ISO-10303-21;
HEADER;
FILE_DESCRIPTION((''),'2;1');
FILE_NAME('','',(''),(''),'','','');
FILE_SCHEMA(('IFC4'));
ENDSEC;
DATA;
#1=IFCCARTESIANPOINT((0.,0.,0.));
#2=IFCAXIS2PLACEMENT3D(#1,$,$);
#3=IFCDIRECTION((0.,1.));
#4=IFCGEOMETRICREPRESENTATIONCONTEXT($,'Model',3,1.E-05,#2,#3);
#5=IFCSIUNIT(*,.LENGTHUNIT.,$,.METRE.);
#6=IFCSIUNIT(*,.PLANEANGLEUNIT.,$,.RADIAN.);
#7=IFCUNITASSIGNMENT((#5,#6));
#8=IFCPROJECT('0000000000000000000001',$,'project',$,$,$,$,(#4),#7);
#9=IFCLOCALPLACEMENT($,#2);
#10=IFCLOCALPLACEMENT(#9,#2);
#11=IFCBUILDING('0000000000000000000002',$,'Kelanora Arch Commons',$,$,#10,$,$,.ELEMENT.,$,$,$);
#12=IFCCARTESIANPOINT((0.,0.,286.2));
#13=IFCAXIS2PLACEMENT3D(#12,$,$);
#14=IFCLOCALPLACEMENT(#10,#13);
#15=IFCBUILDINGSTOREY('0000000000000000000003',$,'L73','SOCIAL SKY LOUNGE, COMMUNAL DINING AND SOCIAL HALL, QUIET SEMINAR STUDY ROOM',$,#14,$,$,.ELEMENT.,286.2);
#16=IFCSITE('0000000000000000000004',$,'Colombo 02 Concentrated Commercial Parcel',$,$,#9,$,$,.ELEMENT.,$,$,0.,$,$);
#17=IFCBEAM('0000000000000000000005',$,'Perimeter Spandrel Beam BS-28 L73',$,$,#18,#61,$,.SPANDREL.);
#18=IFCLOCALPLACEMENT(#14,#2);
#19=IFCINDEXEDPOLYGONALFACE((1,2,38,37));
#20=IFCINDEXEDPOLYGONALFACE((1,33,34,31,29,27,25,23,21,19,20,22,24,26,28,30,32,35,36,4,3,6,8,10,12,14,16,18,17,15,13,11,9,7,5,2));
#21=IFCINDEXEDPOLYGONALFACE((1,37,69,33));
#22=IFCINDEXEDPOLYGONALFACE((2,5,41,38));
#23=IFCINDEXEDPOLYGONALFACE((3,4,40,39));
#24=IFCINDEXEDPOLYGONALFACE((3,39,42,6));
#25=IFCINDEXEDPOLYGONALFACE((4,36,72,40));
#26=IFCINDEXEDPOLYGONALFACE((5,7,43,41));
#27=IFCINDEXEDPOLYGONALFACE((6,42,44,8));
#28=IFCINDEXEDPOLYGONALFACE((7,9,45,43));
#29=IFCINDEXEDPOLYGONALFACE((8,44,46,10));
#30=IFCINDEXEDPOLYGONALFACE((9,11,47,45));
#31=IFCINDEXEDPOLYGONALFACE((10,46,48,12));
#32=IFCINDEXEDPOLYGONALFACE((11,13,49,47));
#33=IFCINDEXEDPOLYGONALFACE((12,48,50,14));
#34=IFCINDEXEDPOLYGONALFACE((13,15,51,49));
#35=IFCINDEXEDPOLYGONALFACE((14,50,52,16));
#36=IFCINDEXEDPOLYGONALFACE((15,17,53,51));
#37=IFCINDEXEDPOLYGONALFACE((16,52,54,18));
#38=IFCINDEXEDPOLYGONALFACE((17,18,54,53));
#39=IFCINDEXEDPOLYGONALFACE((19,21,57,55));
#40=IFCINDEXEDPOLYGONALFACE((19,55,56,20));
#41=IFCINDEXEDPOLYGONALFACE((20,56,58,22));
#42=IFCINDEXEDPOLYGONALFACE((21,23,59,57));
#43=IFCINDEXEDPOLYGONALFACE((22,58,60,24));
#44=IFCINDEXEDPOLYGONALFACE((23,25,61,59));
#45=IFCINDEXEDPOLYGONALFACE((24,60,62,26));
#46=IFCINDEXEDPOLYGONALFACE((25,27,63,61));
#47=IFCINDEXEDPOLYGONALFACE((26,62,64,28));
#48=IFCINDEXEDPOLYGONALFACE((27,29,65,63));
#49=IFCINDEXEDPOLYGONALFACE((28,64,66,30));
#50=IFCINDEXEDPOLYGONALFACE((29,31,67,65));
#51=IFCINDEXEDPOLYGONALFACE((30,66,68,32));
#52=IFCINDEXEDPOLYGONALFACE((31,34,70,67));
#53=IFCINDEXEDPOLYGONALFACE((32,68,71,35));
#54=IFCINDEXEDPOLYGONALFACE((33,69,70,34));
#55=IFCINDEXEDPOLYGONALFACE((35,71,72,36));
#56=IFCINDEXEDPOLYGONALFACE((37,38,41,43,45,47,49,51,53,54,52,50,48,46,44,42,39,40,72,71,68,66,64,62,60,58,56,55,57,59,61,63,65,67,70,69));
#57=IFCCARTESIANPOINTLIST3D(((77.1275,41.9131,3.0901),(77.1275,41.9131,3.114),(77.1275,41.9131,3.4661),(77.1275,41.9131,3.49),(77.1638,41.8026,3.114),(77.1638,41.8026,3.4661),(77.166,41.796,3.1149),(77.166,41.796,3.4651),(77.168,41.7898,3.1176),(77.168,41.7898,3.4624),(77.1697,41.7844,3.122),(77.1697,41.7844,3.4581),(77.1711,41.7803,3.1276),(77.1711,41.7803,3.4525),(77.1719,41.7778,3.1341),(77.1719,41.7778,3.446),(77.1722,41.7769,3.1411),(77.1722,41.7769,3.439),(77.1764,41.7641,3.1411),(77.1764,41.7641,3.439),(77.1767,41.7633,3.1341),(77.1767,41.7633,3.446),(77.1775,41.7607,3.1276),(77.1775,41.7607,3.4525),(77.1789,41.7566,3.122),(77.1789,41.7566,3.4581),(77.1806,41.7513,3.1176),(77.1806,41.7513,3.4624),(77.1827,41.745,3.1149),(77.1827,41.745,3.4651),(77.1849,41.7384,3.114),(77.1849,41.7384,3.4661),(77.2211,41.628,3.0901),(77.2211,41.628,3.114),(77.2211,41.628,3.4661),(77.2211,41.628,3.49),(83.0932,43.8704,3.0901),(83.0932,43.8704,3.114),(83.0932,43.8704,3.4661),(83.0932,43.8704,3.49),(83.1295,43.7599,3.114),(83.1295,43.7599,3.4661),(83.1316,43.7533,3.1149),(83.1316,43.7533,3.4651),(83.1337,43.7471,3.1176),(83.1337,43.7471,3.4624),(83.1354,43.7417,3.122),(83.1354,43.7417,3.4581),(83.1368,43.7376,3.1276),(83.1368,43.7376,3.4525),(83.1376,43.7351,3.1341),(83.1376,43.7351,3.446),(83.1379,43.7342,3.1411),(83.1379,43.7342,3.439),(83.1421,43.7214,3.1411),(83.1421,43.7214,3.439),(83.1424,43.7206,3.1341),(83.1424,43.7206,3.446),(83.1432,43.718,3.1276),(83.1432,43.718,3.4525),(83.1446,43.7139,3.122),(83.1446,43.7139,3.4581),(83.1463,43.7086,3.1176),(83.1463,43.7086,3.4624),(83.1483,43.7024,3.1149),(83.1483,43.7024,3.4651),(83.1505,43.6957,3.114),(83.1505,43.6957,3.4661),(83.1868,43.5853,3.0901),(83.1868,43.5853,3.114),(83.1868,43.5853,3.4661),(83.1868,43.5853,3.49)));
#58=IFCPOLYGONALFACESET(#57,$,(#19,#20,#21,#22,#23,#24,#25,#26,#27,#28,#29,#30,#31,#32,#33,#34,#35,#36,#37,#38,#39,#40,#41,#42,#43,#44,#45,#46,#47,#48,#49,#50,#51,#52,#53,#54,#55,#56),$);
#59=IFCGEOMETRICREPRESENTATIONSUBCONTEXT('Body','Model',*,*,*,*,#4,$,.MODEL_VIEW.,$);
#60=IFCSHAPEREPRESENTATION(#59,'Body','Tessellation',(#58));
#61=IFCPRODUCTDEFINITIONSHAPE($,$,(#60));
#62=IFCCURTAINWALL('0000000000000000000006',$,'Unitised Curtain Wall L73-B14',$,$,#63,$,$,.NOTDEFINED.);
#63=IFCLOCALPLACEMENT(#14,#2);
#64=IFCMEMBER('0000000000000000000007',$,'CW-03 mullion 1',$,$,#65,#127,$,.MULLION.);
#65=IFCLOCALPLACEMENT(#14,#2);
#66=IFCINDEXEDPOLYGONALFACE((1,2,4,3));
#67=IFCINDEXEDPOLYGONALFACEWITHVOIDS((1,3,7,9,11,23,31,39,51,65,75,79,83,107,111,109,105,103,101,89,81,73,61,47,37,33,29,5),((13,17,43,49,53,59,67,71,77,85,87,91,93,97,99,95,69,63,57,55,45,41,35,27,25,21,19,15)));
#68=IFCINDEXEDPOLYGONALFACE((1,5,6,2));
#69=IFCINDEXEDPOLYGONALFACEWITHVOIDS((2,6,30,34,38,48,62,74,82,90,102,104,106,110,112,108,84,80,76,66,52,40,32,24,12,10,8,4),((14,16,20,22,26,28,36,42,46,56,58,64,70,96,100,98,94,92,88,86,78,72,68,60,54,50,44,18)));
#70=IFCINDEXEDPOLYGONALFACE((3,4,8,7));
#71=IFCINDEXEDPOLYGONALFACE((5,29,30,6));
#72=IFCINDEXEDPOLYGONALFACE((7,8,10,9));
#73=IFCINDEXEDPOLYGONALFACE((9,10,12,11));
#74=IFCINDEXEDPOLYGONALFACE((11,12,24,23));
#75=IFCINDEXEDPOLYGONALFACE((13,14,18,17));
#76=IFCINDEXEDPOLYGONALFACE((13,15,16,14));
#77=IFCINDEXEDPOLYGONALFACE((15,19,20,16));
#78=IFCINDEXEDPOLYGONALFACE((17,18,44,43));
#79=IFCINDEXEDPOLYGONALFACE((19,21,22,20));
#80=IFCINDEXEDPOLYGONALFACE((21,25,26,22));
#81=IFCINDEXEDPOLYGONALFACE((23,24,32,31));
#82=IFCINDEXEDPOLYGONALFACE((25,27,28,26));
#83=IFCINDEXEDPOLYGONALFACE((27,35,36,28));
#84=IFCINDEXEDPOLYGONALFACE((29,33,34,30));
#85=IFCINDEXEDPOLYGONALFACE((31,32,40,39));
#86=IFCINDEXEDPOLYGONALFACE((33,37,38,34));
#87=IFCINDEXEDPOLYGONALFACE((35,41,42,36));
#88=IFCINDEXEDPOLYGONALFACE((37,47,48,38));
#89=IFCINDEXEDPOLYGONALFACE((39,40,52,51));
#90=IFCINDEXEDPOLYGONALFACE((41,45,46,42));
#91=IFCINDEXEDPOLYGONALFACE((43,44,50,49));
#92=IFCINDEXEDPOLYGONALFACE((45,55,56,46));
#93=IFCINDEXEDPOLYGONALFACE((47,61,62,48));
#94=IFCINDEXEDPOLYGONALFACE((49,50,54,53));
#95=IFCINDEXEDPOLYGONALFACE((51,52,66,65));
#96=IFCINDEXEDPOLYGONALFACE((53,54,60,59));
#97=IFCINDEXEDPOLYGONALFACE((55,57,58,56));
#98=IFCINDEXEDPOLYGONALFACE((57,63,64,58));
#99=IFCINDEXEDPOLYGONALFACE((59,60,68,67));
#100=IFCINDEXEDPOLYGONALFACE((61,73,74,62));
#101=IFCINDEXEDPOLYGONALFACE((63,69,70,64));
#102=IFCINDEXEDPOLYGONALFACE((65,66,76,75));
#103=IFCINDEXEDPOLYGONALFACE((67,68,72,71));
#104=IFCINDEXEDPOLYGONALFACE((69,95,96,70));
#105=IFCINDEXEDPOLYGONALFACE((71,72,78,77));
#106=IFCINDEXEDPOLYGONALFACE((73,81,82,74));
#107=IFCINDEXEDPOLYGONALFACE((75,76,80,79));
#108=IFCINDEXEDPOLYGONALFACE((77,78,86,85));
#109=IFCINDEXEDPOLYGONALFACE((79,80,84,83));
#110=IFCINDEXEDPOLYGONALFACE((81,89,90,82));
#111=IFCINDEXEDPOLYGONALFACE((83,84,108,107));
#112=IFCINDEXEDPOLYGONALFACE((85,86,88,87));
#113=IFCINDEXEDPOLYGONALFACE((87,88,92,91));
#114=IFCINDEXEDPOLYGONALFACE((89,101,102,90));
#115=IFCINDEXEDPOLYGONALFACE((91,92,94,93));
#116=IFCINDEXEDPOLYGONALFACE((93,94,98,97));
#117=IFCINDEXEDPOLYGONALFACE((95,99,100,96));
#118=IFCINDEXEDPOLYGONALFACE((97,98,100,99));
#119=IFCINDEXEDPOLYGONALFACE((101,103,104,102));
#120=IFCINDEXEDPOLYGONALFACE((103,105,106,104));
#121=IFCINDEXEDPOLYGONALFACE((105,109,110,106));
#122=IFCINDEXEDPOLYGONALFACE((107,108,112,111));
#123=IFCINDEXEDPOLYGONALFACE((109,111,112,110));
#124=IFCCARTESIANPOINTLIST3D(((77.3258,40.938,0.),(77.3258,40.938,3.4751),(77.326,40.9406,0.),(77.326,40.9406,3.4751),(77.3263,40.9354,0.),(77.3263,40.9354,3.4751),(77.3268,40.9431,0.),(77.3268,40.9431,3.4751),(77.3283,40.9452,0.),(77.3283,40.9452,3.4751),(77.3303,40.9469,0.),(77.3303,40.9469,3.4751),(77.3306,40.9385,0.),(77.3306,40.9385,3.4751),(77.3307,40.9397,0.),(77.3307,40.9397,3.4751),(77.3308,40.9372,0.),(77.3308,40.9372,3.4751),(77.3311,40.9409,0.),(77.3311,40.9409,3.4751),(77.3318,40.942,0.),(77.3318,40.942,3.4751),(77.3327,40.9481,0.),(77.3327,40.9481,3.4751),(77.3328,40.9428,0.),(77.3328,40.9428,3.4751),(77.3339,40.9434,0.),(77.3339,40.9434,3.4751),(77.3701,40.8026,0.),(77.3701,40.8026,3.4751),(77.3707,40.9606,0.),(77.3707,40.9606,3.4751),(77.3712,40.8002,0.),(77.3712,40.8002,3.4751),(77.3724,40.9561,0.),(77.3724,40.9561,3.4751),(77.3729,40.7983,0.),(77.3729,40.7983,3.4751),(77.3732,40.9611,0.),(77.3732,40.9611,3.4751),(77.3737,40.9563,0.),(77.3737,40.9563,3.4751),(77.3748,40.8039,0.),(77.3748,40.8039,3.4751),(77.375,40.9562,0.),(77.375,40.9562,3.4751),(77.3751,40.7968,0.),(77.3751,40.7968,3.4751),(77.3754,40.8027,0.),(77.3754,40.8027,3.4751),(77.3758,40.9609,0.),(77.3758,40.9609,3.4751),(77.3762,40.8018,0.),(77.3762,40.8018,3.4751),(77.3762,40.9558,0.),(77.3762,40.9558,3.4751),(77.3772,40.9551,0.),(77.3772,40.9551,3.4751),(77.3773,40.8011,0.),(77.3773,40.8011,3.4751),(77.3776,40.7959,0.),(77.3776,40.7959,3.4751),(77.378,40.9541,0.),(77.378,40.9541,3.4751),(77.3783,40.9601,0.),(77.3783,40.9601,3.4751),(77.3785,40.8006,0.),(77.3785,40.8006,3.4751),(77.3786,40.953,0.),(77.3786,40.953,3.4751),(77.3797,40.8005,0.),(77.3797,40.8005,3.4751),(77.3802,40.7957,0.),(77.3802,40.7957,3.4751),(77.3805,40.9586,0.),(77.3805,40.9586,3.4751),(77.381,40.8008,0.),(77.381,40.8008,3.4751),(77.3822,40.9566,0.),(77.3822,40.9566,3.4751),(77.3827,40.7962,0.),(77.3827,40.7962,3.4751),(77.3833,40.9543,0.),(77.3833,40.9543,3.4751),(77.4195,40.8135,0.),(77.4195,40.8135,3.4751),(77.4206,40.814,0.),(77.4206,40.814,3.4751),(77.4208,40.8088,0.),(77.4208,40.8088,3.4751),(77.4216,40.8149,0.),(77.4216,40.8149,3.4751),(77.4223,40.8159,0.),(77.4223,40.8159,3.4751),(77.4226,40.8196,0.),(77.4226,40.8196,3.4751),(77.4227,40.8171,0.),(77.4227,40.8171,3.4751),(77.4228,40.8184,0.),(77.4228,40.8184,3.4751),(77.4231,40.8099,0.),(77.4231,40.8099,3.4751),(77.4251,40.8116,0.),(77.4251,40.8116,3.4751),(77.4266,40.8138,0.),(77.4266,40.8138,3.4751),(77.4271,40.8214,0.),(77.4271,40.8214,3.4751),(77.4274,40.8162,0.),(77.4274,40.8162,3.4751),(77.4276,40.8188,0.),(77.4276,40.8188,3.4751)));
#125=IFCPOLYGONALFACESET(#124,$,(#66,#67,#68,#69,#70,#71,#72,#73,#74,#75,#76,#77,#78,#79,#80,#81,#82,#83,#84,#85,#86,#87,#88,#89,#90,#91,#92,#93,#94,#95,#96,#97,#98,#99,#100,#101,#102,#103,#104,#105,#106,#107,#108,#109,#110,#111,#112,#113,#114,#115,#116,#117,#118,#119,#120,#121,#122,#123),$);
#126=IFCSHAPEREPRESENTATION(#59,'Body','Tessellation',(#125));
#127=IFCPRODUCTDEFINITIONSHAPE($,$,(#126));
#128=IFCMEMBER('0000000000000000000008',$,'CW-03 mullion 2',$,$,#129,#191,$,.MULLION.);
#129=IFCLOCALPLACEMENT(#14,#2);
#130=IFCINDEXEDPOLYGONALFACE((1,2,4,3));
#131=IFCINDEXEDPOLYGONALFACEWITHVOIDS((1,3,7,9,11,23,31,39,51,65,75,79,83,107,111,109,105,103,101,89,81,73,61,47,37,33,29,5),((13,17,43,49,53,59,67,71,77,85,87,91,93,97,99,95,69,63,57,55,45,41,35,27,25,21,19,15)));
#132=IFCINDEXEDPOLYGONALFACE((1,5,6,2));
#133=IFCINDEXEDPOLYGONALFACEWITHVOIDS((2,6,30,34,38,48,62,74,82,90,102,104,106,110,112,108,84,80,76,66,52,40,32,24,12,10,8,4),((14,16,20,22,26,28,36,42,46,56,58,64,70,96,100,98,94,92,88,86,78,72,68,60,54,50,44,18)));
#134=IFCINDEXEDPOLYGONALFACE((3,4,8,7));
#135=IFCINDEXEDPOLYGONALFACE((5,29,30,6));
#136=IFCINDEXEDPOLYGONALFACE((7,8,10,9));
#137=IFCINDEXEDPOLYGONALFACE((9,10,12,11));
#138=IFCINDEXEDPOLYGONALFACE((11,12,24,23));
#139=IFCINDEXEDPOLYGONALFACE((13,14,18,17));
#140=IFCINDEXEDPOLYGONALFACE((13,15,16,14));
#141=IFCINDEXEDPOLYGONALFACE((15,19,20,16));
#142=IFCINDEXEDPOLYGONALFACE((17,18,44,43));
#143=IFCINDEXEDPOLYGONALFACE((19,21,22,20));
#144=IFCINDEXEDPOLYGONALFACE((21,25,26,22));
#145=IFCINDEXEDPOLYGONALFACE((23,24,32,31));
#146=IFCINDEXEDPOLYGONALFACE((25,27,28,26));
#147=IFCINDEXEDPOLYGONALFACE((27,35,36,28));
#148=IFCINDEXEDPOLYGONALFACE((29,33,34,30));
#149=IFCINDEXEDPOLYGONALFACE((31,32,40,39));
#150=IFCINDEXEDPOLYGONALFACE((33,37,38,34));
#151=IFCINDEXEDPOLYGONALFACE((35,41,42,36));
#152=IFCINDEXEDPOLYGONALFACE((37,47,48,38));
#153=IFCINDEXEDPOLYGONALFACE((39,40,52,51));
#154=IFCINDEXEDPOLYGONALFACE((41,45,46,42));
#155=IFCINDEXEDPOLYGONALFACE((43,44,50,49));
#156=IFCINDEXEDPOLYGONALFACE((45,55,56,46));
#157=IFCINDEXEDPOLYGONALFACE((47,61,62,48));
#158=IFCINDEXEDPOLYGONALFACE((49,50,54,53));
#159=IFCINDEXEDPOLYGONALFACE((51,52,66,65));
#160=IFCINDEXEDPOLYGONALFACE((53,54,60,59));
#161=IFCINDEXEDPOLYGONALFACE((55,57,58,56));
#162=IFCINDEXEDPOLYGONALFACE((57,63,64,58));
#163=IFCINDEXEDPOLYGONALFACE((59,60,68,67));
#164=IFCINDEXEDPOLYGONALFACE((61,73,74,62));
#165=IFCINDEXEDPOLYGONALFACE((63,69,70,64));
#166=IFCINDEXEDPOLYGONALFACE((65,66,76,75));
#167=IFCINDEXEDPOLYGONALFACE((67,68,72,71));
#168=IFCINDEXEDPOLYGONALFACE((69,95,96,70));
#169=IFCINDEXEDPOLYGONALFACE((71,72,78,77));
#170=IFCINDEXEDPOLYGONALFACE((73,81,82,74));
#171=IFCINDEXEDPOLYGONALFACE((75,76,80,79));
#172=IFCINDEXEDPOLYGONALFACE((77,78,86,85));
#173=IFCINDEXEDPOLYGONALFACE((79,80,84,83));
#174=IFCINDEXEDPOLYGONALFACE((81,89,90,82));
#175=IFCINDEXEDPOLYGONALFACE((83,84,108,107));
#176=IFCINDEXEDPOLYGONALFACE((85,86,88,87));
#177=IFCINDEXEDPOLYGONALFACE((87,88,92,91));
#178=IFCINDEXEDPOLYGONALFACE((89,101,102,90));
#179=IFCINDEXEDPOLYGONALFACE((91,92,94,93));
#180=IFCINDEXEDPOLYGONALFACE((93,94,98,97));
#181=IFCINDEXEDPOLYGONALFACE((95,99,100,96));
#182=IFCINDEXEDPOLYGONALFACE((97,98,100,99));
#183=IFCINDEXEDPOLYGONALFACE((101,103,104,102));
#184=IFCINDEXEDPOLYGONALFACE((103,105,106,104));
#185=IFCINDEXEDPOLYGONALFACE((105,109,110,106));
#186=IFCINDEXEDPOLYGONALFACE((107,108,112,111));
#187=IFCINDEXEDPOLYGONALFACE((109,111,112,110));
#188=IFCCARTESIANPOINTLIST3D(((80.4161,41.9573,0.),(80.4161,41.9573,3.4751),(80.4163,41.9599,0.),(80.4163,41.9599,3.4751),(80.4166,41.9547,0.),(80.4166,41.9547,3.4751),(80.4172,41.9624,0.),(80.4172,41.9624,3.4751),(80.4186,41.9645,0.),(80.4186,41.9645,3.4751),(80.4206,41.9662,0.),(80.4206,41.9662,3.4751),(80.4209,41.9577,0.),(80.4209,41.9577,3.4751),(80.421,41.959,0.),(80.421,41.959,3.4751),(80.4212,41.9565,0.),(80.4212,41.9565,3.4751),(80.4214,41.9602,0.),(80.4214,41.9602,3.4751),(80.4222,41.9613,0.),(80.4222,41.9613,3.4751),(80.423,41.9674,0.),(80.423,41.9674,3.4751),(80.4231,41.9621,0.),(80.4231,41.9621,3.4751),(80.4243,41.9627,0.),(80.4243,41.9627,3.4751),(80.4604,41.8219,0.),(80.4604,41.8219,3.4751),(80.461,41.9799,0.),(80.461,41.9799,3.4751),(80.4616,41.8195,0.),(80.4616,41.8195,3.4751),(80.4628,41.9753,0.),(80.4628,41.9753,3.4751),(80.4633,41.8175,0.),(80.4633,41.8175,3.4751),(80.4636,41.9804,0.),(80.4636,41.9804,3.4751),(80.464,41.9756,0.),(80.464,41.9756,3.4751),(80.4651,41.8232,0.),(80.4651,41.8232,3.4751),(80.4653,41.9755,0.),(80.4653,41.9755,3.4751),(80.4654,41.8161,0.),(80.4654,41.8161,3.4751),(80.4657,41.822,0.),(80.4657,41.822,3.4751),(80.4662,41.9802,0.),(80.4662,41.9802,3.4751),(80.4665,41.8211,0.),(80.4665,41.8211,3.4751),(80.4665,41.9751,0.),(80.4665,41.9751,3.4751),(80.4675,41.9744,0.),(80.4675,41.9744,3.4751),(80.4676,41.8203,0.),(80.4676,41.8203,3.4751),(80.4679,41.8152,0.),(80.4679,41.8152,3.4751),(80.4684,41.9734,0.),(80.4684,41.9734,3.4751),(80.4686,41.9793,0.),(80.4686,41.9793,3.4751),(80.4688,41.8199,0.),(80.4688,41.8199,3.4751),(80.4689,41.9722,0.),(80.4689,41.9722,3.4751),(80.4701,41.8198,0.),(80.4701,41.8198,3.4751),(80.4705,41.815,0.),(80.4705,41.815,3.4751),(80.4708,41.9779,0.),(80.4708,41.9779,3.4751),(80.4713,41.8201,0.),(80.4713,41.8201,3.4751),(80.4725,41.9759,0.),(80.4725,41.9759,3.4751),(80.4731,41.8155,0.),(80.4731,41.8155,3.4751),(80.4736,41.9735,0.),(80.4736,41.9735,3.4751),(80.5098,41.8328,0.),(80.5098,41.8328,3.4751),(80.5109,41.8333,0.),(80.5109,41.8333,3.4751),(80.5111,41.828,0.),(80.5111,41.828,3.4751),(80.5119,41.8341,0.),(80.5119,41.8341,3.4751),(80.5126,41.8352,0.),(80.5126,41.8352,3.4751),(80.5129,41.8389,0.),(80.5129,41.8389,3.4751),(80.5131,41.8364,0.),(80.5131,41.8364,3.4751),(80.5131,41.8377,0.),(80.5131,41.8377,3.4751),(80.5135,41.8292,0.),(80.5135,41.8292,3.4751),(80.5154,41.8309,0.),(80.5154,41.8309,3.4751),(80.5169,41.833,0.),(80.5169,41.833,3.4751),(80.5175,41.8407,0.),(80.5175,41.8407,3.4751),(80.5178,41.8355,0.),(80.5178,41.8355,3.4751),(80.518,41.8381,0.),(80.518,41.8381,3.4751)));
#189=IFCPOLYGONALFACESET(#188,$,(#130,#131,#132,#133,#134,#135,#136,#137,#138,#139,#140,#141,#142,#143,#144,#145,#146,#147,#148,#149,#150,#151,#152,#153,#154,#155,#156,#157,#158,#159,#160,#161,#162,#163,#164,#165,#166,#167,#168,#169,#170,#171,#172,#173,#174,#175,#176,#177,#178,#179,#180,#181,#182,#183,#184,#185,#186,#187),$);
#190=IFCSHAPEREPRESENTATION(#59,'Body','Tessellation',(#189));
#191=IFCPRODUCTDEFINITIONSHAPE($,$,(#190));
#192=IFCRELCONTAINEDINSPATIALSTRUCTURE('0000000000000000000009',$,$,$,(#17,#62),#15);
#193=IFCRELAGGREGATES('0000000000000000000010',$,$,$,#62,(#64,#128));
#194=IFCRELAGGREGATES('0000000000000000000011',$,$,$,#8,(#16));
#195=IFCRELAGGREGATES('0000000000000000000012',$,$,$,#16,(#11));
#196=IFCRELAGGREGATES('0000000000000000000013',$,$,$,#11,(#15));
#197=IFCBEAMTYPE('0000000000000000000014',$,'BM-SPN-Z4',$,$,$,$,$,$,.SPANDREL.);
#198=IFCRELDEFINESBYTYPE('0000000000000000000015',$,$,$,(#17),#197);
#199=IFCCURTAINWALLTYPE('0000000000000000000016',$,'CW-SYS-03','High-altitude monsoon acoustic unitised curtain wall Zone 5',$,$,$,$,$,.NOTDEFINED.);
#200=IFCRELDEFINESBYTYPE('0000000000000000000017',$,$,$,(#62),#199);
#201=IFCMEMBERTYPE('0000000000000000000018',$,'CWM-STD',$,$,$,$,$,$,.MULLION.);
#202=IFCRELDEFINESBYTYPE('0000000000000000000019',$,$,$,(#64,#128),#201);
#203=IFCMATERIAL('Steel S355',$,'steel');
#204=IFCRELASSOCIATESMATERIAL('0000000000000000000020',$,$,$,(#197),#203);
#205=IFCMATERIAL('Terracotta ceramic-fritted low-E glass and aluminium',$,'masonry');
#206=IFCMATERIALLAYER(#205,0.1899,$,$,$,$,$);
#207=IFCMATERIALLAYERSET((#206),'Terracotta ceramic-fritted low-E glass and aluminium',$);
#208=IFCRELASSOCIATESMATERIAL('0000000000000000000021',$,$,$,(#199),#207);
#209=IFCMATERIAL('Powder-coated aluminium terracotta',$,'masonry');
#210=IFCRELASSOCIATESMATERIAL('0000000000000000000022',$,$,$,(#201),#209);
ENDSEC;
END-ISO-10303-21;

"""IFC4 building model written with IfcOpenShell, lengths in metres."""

from ifc_helpers import new_model, si_unit, direction, frame, origin, origin_2d, place, context, subcontext, project, spatial, hollow_rectangle, i_section, extrude, material, layer, layer_set, material_profile, profile_set, type_object, element, aggregate, save


model = new_model("IFC4")

# Units and contexts
model_context = context("Model", 3, precision=1e-05, world=origin(), true_north=direction((0.0, 1.0)))
body_context = subcontext(model_context, "Body", "Model", "MODEL_VIEW")
ifc_project = project(units=[si_unit("LENGTHUNIT", "METRE"), si_unit("PLANEANGLEUNIT", "RADIAN")], contexts=[model_context])

# Site, building, storey
site_placement = place(None, origin())
site = spatial("IfcSite", under=ifc_project, at=site_placement, Name="Colombo 02 Concentrated Commercial Parcel", CompositionType="ELEMENT", RefElevation=0.0)
building_placement = place(site_placement, origin())
building = spatial("IfcBuilding", under=site, at=building_placement, Name="Kelanora Arch Commons", CompositionType="ELEMENT")
storey_placement = place(building_placement, frame((0.0, 0.0, 286.2)))
storey = spatial("IfcBuildingStorey", under=building, at=storey_placement, Name="L73", Description="SOCIAL SKY LOUNGE, COMMUNAL DINING AND SOCIAL HALL, QUIET SEMINAR STUDY ROOM", CompositionType="ELEMENT", Elevation=286.2)

# Beam
ifc_material_1 = material(Name="Steel S355", Category="steel")
ifc_material_profile_1 = material_profile(ifc_material_1, i_section(OverallWidth=0.3, OverallDepth=0.3999, WebThickness=0.0134, FlangeThickness=0.0239, FilletRadius=0.0271, at=origin_2d()), Name="HEB400")
ifc_profile_set_1 = profile_set([ifc_material_profile_1], Name="Steel S355")
beam_type_1 = type_object("IfcBeamType", Name="BM-SPN-Z4", PredefinedType="SPANDREL", material=ifc_profile_set_1)
beam_1_placement = place(storey_placement, frame((77.1743, 41.7705, 3.29), z_axis=(0.950166, 0.311745, 0.0), x_axis=(-0.311745, 0.950166, 0.0)))
element("IfcBeam", 1, at=beam_1_placement, inside=storey, type_object=beam_type_1, Name="Perimeter Spandrel Beam BS-28 L73", PredefinedType="SPANDREL", context=body_context, shape_type="SweptSolid", body=[
    extrude(i_section(OverallWidth=0.3, OverallDepth=0.3999, WebThickness=0.0134, FlangeThickness=0.0239, FilletRadius=0.0271, at=origin_2d()), origin(), (0.0, 0.0, 1.0), 6.2786),
])

# Curtain wall, members
ifc_material_2 = material(Name="Terracotta ceramic-fritted low-E glass and aluminium", Category="masonry")
ifc_layer_1 = layer(ifc_material_2, 0.1899)
ifc_layer_set_1 = layer_set([ifc_layer_1], Name="Terracotta ceramic-fritted low-E glass and aluminium")
curtain_wall_type = type_object("IfcCurtainWallType", Name="CW-SYS-03", Description="High-altitude monsoon acoustic unitised curtain wall Zone 5", PredefinedType="NOTDEFINED", material=ifc_layer_set_1)
curtain_wall_placement = place(storey_placement, origin())
curtain_wall = element("IfcCurtainWall", 2, at=curtain_wall_placement, inside=storey, type_object=curtain_wall_type, Name="Unitised Curtain Wall L73-B14", PredefinedType="NOTDEFINED")
ifc_material_3 = material(Name="Powder-coated aluminium terracotta", Category="masonry")
ifc_material_profile_2 = material_profile(ifc_material_3, hollow_rectangle(XDim=0.1599, YDim=0.0601, WallThickness=0.0049, InnerFilletRadius=0.0049, OuterFilletRadius=0.01, at=origin_2d()), Name="CWM160x60")
ifc_profile_set_2 = profile_set([ifc_material_profile_2], Name="Powder-coated aluminium terracotta")
member_type_1 = type_object("IfcMemberType", Name="CWM-STD", PredefinedType="MULLION", material=ifc_profile_set_2)
member_1_placement = place(storey_placement, frame((77.3767, 40.8784, 0.0), z_axis=(0.0, 0.0, 1.0), x_axis=(-0.313253, 0.94967, 0.0)))
member_1 = element("IfcMember", 3, at=member_1_placement, type_object=member_type_1, Name="CW-03 mullion 1", PredefinedType="MULLION", context=body_context, shape_type="SweptSolid", body=[
    extrude(hollow_rectangle(XDim=0.1599, YDim=0.0601, WallThickness=0.0049, InnerFilletRadius=0.0049, OuterFilletRadius=0.01, at=origin_2d()), origin(), (0.0, 0.0, 1.0), 3.4751),
])
member_2_placement = place(storey_placement, frame((80.467, 41.8977, 0.0), z_axis=(0.0, 0.0, 1.0), x_axis=(-0.313253, 0.94967, 0.0)))
member_2 = element("IfcMember", 4, at=member_2_placement, type_object=member_type_1, Name="CW-03 mullion 2", PredefinedType="MULLION", context=body_context, shape_type="SweptSolid", body=[
    extrude(hollow_rectangle(XDim=0.1599, YDim=0.0601, WallThickness=0.0049, InnerFilletRadius=0.0049, OuterFilletRadius=0.01, at=origin_2d()), origin(), (0.0, 0.0, 1.0), 3.4751),
])
aggregate(curtain_wall, [member_1, member_2])

save(model, "model.ifc")
